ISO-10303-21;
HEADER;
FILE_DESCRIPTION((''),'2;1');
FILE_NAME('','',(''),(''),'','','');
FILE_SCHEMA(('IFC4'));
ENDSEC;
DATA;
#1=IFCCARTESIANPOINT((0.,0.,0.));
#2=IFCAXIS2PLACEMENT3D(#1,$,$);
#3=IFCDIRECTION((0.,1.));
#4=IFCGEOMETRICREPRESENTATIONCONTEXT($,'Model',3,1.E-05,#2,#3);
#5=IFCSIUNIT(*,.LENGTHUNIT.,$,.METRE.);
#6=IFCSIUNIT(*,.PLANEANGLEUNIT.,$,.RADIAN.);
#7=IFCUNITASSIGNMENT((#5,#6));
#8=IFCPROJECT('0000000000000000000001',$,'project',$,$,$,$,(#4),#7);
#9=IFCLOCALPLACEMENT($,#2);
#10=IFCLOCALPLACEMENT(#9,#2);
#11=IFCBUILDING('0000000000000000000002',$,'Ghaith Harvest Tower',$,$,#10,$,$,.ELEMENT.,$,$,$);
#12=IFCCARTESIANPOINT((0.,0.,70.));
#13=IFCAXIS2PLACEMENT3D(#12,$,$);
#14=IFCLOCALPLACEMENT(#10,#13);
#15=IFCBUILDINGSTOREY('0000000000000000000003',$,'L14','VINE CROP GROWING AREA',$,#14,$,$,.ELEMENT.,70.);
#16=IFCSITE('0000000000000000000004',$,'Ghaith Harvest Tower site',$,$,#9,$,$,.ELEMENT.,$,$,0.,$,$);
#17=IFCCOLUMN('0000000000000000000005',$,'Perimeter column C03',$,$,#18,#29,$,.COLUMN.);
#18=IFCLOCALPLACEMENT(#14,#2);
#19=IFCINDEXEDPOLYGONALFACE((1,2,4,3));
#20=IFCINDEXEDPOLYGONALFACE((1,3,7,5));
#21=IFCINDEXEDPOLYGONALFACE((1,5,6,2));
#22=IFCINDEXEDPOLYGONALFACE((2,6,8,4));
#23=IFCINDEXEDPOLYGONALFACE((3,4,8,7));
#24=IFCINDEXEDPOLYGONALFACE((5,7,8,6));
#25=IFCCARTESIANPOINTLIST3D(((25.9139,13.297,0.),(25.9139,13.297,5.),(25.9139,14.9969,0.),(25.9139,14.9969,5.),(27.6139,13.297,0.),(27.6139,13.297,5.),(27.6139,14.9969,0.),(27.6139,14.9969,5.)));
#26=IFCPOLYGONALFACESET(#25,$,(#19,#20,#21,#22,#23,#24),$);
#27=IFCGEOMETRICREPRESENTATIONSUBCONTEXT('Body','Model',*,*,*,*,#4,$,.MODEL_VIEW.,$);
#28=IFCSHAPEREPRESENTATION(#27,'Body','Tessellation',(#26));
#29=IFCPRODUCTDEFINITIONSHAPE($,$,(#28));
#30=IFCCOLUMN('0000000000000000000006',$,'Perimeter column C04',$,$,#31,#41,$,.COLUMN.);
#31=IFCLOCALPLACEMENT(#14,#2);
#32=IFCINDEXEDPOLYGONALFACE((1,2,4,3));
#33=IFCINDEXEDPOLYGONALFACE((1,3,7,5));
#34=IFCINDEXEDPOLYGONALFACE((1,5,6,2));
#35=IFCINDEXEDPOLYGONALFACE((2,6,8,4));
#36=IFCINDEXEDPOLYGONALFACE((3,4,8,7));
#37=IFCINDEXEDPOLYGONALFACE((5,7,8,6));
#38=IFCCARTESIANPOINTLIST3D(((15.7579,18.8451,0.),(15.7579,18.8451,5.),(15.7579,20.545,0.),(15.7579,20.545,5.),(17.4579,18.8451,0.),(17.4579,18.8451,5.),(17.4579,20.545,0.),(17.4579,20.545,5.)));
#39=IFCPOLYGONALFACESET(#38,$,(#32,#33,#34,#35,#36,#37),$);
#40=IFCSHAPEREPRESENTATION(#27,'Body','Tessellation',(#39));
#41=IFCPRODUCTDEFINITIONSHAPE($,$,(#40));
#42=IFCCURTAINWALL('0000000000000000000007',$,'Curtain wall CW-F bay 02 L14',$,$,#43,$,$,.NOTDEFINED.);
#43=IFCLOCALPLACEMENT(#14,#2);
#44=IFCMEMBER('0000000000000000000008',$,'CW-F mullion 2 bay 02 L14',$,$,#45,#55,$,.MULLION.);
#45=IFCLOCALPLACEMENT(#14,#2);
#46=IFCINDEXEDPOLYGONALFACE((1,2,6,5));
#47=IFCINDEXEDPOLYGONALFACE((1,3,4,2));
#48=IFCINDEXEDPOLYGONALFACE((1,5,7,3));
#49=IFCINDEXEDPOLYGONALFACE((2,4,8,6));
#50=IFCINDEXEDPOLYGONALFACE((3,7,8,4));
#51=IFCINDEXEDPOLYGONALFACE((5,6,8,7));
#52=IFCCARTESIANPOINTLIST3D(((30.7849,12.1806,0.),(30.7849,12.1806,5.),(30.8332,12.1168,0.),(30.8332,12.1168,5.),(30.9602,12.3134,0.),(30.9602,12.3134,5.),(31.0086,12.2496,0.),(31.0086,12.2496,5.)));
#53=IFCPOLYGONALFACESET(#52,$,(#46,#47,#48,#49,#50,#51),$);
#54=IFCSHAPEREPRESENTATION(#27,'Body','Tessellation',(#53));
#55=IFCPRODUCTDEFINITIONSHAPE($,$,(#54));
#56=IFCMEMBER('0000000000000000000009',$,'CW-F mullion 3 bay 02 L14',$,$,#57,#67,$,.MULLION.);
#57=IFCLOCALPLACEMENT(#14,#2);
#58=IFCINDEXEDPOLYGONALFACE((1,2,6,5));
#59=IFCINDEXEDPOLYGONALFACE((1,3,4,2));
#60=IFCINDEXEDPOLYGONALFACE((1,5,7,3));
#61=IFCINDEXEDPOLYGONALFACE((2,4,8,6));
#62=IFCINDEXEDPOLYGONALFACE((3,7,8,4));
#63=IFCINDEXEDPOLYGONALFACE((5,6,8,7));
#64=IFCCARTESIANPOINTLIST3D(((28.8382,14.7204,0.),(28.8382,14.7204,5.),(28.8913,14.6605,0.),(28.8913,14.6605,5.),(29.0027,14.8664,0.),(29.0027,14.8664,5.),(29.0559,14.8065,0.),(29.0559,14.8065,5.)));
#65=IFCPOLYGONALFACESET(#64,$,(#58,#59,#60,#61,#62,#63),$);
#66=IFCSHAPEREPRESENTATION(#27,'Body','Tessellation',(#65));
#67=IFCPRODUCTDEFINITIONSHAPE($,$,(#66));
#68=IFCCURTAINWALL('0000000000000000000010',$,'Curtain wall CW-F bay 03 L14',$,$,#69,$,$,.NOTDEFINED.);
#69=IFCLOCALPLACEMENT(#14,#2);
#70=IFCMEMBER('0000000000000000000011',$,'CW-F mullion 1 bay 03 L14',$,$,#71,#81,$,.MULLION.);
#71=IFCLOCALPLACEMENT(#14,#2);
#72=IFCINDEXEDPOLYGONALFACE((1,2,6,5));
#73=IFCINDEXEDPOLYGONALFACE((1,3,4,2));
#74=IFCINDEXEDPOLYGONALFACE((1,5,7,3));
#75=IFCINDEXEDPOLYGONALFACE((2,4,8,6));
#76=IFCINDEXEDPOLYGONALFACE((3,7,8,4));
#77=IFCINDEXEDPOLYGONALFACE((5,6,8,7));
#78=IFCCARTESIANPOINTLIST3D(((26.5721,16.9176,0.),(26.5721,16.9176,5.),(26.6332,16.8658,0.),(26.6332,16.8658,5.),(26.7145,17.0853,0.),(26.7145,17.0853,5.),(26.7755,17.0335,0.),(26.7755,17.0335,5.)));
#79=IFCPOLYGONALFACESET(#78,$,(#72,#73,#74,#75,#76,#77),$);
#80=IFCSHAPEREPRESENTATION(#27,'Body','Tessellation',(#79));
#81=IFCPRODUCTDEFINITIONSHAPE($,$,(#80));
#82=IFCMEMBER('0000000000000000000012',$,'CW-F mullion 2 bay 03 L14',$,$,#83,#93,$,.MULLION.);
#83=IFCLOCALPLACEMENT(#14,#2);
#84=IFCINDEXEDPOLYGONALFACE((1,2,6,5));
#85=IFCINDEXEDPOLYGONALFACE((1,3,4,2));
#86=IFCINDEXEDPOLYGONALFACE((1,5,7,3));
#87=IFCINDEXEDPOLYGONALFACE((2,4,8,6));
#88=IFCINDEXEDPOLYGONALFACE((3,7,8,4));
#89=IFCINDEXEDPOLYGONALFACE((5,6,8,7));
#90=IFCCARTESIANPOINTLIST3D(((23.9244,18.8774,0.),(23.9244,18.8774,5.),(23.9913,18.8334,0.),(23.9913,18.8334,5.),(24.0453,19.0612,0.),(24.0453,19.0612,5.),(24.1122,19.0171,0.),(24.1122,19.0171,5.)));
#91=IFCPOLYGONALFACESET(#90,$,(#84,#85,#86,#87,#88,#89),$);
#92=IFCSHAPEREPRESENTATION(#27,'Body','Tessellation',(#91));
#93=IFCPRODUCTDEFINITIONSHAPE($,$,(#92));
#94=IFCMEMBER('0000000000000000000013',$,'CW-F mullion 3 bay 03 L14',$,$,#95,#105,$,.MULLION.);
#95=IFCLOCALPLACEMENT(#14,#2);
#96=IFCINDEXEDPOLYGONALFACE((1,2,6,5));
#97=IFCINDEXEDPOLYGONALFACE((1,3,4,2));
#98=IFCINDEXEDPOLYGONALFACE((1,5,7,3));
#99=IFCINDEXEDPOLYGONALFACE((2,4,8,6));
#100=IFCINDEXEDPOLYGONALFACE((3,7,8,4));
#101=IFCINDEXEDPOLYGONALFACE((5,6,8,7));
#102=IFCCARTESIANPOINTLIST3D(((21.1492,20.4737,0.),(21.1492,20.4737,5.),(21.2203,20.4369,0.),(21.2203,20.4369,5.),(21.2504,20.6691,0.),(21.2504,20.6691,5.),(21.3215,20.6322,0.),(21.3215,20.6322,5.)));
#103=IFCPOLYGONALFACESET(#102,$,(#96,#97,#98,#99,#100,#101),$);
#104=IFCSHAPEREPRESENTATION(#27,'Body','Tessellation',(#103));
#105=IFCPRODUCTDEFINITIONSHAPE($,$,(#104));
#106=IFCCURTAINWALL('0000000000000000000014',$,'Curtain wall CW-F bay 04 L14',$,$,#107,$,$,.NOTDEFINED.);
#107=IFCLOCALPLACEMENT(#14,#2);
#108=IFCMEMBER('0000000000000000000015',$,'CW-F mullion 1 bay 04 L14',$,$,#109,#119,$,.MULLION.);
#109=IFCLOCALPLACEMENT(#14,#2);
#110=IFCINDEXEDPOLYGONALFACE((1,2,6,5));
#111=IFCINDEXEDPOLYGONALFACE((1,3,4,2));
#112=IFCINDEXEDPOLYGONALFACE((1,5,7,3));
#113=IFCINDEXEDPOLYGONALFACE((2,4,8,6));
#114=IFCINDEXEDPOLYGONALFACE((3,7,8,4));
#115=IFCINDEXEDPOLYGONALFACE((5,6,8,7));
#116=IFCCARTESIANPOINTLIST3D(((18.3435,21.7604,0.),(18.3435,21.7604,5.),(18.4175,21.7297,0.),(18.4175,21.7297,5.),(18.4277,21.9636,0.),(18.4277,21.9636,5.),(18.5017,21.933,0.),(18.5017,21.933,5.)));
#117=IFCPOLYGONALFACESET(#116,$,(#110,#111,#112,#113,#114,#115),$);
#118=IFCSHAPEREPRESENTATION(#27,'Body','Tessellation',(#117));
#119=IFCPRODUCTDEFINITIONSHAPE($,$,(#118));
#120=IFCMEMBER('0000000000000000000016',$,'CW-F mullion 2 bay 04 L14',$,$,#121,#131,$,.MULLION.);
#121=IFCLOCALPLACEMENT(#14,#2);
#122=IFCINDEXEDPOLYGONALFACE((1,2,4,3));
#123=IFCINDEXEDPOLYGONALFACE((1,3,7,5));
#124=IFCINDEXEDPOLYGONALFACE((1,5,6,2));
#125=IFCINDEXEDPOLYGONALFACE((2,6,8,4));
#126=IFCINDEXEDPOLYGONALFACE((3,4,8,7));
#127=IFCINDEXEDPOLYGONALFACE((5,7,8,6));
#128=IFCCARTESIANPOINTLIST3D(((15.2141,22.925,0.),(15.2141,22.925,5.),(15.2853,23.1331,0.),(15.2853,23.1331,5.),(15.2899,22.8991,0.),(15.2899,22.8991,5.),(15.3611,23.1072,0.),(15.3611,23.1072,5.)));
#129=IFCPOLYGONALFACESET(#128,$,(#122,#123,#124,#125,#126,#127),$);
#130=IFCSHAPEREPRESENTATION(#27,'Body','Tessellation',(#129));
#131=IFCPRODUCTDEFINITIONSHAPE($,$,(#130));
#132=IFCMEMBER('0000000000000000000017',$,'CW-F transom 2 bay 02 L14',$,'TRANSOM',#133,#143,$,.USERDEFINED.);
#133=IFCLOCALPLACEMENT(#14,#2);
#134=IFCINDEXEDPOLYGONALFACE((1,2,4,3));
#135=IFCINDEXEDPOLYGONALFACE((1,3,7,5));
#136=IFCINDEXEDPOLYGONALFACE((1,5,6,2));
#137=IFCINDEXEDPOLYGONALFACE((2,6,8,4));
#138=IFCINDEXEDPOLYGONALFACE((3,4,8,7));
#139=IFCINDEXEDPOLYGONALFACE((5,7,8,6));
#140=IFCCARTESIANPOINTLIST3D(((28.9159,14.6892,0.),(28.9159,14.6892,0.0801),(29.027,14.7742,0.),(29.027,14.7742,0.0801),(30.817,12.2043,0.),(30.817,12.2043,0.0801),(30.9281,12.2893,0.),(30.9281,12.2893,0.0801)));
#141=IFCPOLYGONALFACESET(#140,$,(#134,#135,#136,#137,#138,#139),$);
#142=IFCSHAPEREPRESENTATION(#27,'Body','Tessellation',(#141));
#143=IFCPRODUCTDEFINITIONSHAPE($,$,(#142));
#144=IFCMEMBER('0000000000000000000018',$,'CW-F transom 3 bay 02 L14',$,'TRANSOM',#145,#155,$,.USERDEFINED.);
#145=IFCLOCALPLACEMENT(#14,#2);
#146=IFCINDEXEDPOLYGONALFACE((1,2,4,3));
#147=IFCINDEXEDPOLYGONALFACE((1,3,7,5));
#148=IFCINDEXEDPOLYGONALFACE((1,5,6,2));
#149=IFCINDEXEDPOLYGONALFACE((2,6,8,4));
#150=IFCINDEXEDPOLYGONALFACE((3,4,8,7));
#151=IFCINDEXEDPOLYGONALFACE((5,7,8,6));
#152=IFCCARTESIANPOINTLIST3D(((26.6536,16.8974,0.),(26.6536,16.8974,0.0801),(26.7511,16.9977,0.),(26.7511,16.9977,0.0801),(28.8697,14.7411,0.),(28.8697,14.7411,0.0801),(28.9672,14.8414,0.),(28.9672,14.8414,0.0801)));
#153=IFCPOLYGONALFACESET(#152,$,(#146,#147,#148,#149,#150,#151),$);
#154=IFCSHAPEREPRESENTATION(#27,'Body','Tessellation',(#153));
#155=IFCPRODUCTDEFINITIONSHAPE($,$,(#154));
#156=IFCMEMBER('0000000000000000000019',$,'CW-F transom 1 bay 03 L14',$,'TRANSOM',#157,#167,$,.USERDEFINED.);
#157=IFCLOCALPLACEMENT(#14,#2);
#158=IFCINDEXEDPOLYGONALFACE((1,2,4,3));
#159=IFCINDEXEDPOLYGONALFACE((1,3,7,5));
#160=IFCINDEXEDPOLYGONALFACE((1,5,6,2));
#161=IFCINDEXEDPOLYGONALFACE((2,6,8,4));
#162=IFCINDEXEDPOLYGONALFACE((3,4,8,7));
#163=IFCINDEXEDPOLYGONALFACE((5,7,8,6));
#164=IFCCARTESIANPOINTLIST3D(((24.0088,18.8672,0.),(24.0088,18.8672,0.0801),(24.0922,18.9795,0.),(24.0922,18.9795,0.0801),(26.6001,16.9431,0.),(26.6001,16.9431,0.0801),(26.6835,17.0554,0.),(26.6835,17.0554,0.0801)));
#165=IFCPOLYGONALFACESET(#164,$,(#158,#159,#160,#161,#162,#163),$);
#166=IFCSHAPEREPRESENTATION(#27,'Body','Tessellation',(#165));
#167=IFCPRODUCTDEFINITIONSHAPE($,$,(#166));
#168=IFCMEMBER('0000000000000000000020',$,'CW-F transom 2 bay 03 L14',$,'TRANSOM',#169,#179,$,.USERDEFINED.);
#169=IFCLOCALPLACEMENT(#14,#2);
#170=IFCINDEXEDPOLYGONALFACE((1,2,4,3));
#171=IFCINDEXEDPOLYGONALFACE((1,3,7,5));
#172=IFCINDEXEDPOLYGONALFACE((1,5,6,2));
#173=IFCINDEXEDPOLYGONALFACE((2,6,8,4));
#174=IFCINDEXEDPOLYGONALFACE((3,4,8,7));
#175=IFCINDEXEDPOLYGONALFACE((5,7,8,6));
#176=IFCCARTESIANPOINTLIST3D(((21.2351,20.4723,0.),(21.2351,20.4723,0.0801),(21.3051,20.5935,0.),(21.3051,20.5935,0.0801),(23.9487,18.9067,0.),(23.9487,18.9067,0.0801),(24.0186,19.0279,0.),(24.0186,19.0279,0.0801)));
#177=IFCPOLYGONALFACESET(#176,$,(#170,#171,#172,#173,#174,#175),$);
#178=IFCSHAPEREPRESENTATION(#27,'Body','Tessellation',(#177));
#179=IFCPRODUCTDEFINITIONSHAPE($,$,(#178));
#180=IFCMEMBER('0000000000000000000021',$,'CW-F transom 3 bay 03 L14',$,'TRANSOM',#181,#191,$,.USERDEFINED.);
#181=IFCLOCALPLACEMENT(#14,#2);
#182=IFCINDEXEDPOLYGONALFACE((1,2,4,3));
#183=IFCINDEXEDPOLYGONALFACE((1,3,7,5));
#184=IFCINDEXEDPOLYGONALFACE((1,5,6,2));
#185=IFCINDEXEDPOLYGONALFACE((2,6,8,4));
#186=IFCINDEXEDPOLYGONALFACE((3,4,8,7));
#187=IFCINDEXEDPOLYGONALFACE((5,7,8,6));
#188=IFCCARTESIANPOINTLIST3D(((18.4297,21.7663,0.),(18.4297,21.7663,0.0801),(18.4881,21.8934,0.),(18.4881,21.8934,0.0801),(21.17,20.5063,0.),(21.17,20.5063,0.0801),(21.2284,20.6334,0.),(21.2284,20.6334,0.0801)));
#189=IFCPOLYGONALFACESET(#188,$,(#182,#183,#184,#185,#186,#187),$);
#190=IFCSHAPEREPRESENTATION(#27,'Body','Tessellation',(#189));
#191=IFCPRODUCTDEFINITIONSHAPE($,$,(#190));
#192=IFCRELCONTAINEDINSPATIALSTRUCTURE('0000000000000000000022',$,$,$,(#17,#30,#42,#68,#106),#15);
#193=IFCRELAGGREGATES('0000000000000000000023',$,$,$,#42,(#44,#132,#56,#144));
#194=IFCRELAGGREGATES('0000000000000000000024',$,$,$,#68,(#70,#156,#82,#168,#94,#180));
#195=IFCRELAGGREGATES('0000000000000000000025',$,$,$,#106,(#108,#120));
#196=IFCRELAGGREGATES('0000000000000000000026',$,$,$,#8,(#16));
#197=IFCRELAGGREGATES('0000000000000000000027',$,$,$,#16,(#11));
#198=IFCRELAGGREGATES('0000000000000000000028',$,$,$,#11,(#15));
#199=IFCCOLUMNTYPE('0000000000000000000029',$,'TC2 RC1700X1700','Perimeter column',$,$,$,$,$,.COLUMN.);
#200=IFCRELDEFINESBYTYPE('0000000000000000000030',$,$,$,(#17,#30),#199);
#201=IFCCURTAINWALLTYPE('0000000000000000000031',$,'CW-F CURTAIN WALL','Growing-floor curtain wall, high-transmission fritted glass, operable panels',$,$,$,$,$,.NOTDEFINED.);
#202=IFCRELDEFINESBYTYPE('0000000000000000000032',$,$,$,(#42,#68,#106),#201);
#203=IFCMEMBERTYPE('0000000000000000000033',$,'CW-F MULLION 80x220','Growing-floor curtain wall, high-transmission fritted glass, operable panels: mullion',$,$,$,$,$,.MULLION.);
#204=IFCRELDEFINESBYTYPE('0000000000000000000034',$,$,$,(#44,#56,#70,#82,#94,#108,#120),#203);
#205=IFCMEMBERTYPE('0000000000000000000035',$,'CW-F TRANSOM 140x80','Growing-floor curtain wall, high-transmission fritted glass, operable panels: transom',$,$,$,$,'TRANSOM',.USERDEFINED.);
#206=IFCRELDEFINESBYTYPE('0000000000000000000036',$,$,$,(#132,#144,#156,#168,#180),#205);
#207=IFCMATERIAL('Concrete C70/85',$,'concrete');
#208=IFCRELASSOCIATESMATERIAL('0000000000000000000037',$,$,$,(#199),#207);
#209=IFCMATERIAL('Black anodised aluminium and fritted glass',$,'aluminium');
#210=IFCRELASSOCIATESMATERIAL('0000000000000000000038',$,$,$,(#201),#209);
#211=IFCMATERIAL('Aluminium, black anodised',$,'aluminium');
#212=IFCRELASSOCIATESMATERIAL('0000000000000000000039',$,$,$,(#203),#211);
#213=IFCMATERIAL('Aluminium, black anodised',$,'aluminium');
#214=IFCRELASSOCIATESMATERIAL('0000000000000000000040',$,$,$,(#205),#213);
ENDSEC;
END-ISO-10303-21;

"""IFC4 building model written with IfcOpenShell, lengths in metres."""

from ifc_helpers import new_model, si_unit, direction, frame, origin, origin_2d, place, context, subcontext, project, spatial, rectangle, extrude, material, material_profile, profile_set, type_object, element, aggregate, save


model = new_model("IFC4")

# Units and contexts
model_context = context("Model", 3, precision=1e-05, world=origin(), true_north=direction((0.0, 1.0)))
body_context = subcontext(model_context, "Body", "Model", "MODEL_VIEW")
ifc_project = project(units=[si_unit("LENGTHUNIT", "METRE"), si_unit("PLANEANGLEUNIT", "RADIAN")], contexts=[model_context])

# Site, building, storey
site_placement = place(None, origin())
site = spatial("IfcSite", under=ifc_project, at=site_placement, Name="Ghaith Harvest Tower site", CompositionType="ELEMENT", RefElevation=0.0)
building_placement = place(site_placement, origin())
building = spatial("IfcBuilding", under=site, at=building_placement, Name="Ghaith Harvest Tower", CompositionType="ELEMENT")
storey_placement = place(building_placement, frame((0.0, 0.0, 70.0)))
storey = spatial("IfcBuildingStorey", under=building, at=storey_placement, Name="L14", Description="VINE CROP GROWING AREA", CompositionType="ELEMENT", Elevation=70.0)

# Columns
ifc_material_1 = material(Name="Concrete C70/85", Category="concrete")
ifc_material_profile_1 = material_profile(ifc_material_1, rectangle(XDim=1.7, YDim=1.7, at=origin_2d()), Name="RC1700X1700")
ifc_profile_set_1 = profile_set([ifc_material_profile_1], Name="Concrete C70/85")
column_type = type_object("IfcColumnType", Name="TC2 RC1700X1700", Description="Perimeter column", PredefinedType="COLUMN", material=ifc_profile_set_1)
for number, where, z_axis, x_axis, name in (
    (1, (26.7639, 14.147, 0.0), (0.0, 0.0, 1.0), (1.0, 0.0, 0.0), "Perimeter column C03"),
    (2, (16.6079, 19.6951, 0.0), (0.0, 0.0, 1.0), (1.0, 0.0, 0.0), "Perimeter column C04"),
):
    element("IfcColumn", number, at=place(storey_placement, frame(where, z_axis=z_axis, x_axis=x_axis)), inside=storey, type_object=column_type, Name=name, PredefinedType="COLUMN", context=body_context, shape_type="SweptSolid", body=[
        extrude(rectangle(XDim=1.7, YDim=1.7, at=origin_2d()), origin(), (0.0, 0.0, 1.0), 5.0),
    ])

# Curtain walls, members
ifc_material_2 = material(Name="Black anodised aluminium and fritted glass", Category="aluminium")
curtain_wall_type = type_object("IfcCurtainWallType", Name="CW-F CURTAIN WALL", Description="Growing-floor curtain wall, high-transmission fritted glass, operable panels", PredefinedType="NOTDEFINED", material=ifc_material_2)
curtain_wall_1_placement = place(storey_placement, origin())
curtain_wall_1 = element("IfcCurtainWall", 3, at=curtain_wall_1_placement, inside=storey, type_object=curtain_wall_type, Name="Curtain wall CW-F bay 02 L14", PredefinedType="NOTDEFINED")
ifc_material_3 = material(Name="Aluminium, black anodised", Category="aluminium")
ifc_material_profile_2 = material_profile(ifc_material_3, rectangle(XDim=0.0801, YDim=0.22, at=origin_2d()), Name="CW-F MULLION 80x220")
ifc_profile_set_2 = profile_set([ifc_material_profile_2], Name="Aluminium, black anodised")
member_type_1 = type_object("IfcMemberType", Name="CW-F MULLION 80x220", Description="Growing-floor curtain wall, high-transmission fritted glass, operable panels: mullion", PredefinedType="MULLION", material=ifc_profile_set_2)
member_1_placement = place(storey_placement, frame((30.8967, 12.2151, 0.0), z_axis=(0.0, 0.0, 1.0), x_axis=(-0.603948, 0.797023, 0.0)))
member_1 = element("IfcMember", 4, at=member_1_placement, type_object=member_type_1, Name="CW-F mullion 2 bay 02 L14", PredefinedType="MULLION", context=body_context, shape_type="SweptSolid", body=[
    extrude(rectangle(XDim=0.0801, YDim=0.22, at=origin_2d()), origin(), (0.0, 0.0, 1.0), 5.0),
])
member_2_placement = place(storey_placement, frame((28.947, 14.7634, 0.0), z_axis=(0.0, 0.0, 1.0), x_axis=(-0.663605, 0.748083, 0.0)))
member_2 = element("IfcMember", 5, at=member_2_placement, type_object=member_type_1, Name="CW-F mullion 3 bay 02 L14", PredefinedType="MULLION", context=body_context, shape_type="SweptSolid", body=[
    extrude(rectangle(XDim=0.0801, YDim=0.22, at=origin_2d()), origin(), (0.0, 0.0, 1.0), 5.0),
])
curtain_wall_2_placement = place(storey_placement, origin())
curtain_wall_2 = element("IfcCurtainWall", 6, at=curtain_wall_2_placement, inside=storey, type_object=curtain_wall_type, Name="Curtain wall CW-F bay 03 L14", PredefinedType="NOTDEFINED")
member_3_placement = place(storey_placement, frame((26.6738, 16.9756, 0.0), z_axis=(0.0, 0.0, 1.0), x_axis=(-0.762366, 0.647146, 0.0)))
member_3 = element("IfcMember", 7, at=member_3_placement, type_object=member_type_1, Name="CW-F mullion 1 bay 03 L14", PredefinedType="MULLION", context=body_context, shape_type="SweptSolid", body=[
    extrude(rectangle(XDim=0.0801, YDim=0.22, at=origin_2d()), origin(), (0.0, 0.0, 1.0), 5.0),
])
member_4_placement = place(storey_placement, frame((24.0183, 18.9473, 0.0), z_axis=(0.0, 0.0, 1.0), x_axis=(-0.835444, 0.549576, 0.0)))
member_4 = element("IfcMember", 8, at=member_4_placement, type_object=member_type_1, Name="CW-F mullion 2 bay 03 L14", PredefinedType="MULLION", context=body_context, shape_type="SweptSolid", body=[
    extrude(rectangle(XDim=0.0801, YDim=0.22, at=origin_2d()), origin(), (0.0, 0.0, 1.0), 5.0),
])
member_5_placement = place(storey_placement, frame((21.2354, 20.553, 0.0), z_axis=(0.0, 0.0, 1.0), x_axis=(-0.887897, 0.460043, 0.0)))
member_5 = element("IfcMember", 9, at=member_5_placement, type_object=member_type_1, Name="CW-F mullion 3 bay 03 L14", PredefinedType="MULLION", context=body_context, shape_type="SweptSolid", body=[
    extrude(rectangle(XDim=0.0801, YDim=0.22, at=origin_2d()), origin(), (0.0, 0.0, 1.0), 5.0),
])
curtain_wall_3_placement = place(storey_placement, origin())
curtain_wall_3 = element("IfcCurtainWall", 10, at=curtain_wall_3_placement, inside=storey, type_object=curtain_wall_type, Name="Curtain wall CW-F bay 04 L14", PredefinedType="NOTDEFINED")
member_6_placement = place(storey_placement, frame((18.4226, 21.8467, 0.0), z_axis=(0.0, 0.0, 1.0), x_axis=(-0.92391, 0.382609, 0.0)))
member_6 = element("IfcMember", 11, at=member_6_placement, type_object=member_type_1, Name="CW-F mullion 1 bay 04 L14", PredefinedType="MULLION", context=body_context, shape_type="SweptSolid", body=[
    extrude(rectangle(XDim=0.0801, YDim=0.22, at=origin_2d()), origin(), (0.0, 0.0, 1.0), 5.0),
])
member_7_placement = place(storey_placement, frame((15.2876, 23.0161, 0.0), z_axis=(0.0, 0.0, 1.0), x_axis=(-0.946121, 0.323813, 0.0)))
member_7 = element("IfcMember", 12, at=member_7_placement, type_object=member_type_1, Name="CW-F mullion 2 bay 04 L14", PredefinedType="MULLION", context=body_context, shape_type="SweptSolid", body=[
    extrude(rectangle(XDim=0.0801, YDim=0.22, at=origin_2d()), origin(), (0.0, 0.0, 1.0), 5.0),
])

# Members
ifc_material_4 = material(Name="Aluminium, black anodised", Category="aluminium")
ifc_material_profile_3 = material_profile(ifc_material_4, rectangle(XDim=0.1399, YDim=0.0801, at=origin_2d()), Name="CW-F TRANSOM 140x80")
ifc_profile_set_3 = profile_set([ifc_material_profile_3], Name="Aluminium, black anodised")
member_type_2 = type_object("IfcMemberType", Name="CW-F TRANSOM 140x80", Description="Growing-floor curtain wall, high-transmission fritted glass, operable panels: transom", ElementType="TRANSOM", PredefinedType="USERDEFINED", material=ifc_profile_set_3)
member_8_placement = place(storey_placement, frame((30.8726, 12.2468, 0.04), z_axis=(-0.607638, 0.794214, 0.0), x_axis=(-0.794214, -0.607638, 0.0)))
member_8 = element("IfcMember", 13, at=member_8_placement, type_object=member_type_2, Name="CW-F transom 2 bay 02 L14", ObjectType="TRANSOM", PredefinedType="USERDEFINED", context=body_context, shape_type="SweptSolid", body=[
    extrude(rectangle(XDim=0.1399, YDim=0.0801, at=origin_2d()), origin(), (0.0, 0.0, 1.0), 3.1287),
])
member_9_placement = place(storey_placement, frame((28.9185, 14.7913, 0.04), z_axis=(-0.716713, 0.697368, 0.0), x_axis=(-0.697368, -0.716713, 0.0)))
member_9 = element("IfcMember", 14, at=member_9_placement, type_object=member_type_2, Name="CW-F transom 3 bay 02 L14", ObjectType="TRANSOM", PredefinedType="USERDEFINED", context=body_context, shape_type="SweptSolid", body=[
    extrude(rectangle(XDim=0.1399, YDim=0.0801, at=origin_2d()), origin(), (0.0, 0.0, 1.0), 3.092),
])
member_10_placement = place(storey_placement, frame((26.6418, 16.9993, 0.04), z_axis=(-0.802877, 0.596144, 0.0), x_axis=(-0.596144, -0.802877, 0.0)))
member_10 = element("IfcMember", 15, at=member_10_placement, type_object=member_type_2, Name="CW-F transom 1 bay 03 L14", ObjectType="TRANSOM", PredefinedType="USERDEFINED", context=body_context, shape_type="SweptSolid", body=[
    extrude(rectangle(XDim=0.1399, YDim=0.0801, at=origin_2d()), origin(), (0.0, 0.0, 1.0), 3.2275),
])
member_11_placement = place(storey_placement, frame((23.9836, 18.9673, 0.04), z_axis=(-0.866169, 0.499752, 0.0), x_axis=(-0.499752, -0.866169, 0.0)))
member_11 = element("IfcMember", 16, at=member_11_placement, type_object=member_type_2, Name="CW-F transom 2 bay 03 L14", ObjectType="TRANSOM", PredefinedType="USERDEFINED", context=body_context, shape_type="SweptSolid", body=[
    extrude(rectangle(XDim=0.1399, YDim=0.0801, at=origin_2d()), origin(), (0.0, 0.0, 1.0), 3.1328),
])
member_12_placement = place(storey_placement, frame((21.1992, 20.5698, 0.04), z_axis=(-0.908553, 0.417769, 0.0), x_axis=(-0.417769, -0.908553, 0.0)))
member_12 = element("IfcMember", 17, at=member_12_placement, type_object=member_type_2, Name="CW-F transom 3 bay 03 L14", ObjectType="TRANSOM", PredefinedType="USERDEFINED", context=body_context, shape_type="SweptSolid", body=[
    extrude(rectangle(XDim=0.1399, YDim=0.0801, at=origin_2d()), origin(), (0.0, 0.0, 1.0), 3.0161),
])

aggregate(curtain_wall_1, [member_1, member_8, member_2, member_9])
aggregate(curtain_wall_2, [member_3, member_10, member_4, member_11, member_5, member_12])
aggregate(curtain_wall_3, [member_6, member_7])

save(model, "model.ifc")
